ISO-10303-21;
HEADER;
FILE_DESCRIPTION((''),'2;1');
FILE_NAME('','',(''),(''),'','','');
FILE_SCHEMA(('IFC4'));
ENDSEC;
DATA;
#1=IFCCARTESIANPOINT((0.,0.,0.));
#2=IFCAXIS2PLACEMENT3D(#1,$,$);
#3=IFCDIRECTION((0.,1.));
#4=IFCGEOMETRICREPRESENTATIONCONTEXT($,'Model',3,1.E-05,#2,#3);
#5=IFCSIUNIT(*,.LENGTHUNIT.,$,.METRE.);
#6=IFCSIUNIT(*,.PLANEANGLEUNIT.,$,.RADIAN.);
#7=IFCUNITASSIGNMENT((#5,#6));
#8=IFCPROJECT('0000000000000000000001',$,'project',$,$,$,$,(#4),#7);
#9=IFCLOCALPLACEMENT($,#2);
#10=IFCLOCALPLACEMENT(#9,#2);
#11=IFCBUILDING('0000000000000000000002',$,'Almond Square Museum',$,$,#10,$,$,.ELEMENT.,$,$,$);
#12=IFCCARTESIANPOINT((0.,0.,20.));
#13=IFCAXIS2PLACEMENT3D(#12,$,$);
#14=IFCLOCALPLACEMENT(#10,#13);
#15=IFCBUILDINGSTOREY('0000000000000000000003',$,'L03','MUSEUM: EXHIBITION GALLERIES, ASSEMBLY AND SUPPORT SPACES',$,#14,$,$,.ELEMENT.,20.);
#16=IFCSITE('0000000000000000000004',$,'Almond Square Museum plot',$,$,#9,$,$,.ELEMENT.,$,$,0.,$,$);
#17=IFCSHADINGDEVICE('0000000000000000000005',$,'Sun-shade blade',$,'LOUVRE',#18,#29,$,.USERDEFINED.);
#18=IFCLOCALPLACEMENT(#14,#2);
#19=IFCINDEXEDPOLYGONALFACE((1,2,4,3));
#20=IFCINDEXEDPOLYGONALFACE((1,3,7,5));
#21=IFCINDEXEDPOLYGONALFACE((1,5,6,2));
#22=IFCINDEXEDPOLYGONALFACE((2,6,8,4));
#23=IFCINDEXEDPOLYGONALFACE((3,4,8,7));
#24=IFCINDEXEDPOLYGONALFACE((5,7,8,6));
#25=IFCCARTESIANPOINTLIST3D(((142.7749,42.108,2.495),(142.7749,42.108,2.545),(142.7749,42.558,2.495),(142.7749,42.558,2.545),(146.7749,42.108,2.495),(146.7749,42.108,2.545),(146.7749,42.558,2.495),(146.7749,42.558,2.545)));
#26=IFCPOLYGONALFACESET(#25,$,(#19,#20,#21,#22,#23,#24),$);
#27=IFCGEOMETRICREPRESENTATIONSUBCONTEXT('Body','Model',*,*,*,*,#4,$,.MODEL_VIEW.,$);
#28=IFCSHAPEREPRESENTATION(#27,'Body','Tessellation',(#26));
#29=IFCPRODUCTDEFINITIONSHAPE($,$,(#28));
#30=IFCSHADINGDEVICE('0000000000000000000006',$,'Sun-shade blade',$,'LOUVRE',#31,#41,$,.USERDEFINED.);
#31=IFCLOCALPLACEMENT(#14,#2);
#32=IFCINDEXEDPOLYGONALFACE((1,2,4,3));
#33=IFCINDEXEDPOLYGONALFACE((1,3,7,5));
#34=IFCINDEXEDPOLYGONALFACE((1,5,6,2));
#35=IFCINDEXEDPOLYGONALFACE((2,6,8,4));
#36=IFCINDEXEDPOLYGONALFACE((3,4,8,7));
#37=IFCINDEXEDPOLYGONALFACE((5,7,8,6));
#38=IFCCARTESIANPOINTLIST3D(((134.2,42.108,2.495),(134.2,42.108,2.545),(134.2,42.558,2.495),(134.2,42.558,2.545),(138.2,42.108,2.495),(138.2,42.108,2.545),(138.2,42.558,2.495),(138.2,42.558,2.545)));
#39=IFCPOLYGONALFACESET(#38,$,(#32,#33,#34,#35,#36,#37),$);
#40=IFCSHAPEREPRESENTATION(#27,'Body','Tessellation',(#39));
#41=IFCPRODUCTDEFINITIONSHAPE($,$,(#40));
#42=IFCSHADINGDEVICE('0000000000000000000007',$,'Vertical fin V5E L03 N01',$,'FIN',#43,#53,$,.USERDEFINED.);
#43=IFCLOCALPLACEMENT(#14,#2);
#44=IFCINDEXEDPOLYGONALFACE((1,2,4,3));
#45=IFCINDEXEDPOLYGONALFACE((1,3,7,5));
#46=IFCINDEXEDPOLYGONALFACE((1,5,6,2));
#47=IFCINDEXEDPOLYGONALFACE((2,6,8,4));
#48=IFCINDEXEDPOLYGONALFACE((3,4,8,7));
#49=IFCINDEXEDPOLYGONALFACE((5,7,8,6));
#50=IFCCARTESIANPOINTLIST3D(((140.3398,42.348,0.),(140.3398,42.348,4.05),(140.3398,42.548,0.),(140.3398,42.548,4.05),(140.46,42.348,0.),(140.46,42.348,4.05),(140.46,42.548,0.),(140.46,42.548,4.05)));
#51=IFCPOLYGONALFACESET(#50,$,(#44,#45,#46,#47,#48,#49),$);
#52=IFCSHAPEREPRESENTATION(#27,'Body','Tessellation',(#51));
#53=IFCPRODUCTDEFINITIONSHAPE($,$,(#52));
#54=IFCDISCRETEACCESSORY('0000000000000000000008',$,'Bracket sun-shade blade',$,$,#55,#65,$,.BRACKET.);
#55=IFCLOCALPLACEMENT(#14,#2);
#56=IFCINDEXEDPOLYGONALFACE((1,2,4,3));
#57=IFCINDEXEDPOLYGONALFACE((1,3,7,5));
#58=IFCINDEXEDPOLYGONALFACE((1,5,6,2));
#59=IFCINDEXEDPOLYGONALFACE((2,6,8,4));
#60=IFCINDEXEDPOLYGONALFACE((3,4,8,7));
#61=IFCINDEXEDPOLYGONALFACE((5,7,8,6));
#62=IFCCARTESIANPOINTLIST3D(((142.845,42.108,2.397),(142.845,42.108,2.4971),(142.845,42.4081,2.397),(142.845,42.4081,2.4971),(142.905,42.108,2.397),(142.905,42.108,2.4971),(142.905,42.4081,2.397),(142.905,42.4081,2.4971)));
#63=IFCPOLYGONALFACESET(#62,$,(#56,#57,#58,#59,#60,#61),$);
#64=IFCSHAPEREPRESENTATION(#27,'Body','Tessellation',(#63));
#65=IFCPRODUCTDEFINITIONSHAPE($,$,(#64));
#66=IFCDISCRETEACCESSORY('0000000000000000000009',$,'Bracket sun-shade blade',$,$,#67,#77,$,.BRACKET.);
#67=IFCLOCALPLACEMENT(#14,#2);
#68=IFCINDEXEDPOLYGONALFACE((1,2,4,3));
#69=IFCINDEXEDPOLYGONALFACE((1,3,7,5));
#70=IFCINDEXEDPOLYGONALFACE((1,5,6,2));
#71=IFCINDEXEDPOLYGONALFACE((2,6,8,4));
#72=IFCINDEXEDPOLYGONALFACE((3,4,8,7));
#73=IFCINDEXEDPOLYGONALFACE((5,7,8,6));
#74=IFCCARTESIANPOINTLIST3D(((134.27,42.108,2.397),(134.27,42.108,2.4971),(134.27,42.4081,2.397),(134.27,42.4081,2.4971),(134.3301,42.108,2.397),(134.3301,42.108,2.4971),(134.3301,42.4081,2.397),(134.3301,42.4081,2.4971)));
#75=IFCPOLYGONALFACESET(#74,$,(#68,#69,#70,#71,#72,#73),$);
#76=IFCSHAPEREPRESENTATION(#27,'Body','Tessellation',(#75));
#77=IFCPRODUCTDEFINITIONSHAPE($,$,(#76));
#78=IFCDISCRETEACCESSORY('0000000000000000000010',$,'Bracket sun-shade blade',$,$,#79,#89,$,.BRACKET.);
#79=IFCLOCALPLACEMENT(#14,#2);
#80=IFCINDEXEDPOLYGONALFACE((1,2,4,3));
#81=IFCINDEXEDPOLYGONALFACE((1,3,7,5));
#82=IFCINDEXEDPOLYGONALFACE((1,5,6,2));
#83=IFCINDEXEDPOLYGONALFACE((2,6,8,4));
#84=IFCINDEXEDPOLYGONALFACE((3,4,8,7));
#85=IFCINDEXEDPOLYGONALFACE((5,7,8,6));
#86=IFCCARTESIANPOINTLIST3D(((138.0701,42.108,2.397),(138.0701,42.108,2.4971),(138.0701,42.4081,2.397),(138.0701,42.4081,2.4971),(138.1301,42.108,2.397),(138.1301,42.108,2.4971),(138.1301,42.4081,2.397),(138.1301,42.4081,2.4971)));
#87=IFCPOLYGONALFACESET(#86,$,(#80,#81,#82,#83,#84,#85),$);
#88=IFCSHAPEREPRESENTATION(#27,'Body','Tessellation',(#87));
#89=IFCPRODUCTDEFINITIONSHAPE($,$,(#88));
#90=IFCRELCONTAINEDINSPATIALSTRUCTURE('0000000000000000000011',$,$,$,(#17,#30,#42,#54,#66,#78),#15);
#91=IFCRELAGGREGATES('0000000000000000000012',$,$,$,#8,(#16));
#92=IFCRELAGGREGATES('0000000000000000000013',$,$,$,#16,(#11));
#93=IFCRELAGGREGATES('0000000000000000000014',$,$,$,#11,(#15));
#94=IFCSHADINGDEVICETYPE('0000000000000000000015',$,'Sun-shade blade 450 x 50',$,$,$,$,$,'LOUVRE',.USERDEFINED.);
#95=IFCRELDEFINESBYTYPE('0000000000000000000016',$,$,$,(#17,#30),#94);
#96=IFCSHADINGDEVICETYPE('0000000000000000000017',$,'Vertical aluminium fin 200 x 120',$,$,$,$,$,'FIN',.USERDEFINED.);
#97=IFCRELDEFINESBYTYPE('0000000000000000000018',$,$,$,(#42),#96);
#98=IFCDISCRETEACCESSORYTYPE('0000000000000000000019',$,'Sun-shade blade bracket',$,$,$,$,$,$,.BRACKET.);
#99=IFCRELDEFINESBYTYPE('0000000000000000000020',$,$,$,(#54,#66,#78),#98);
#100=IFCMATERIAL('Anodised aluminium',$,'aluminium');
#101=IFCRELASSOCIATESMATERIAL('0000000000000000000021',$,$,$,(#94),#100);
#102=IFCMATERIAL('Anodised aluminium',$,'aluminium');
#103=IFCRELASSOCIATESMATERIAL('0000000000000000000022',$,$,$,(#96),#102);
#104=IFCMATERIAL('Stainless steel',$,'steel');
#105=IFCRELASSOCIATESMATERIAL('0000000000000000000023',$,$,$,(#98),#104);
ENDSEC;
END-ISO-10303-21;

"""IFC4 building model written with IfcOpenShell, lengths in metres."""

from ifc_helpers import new_model, si_unit, direction, frame, origin, origin_2d, place, context, subcontext, project, spatial, rectangle, extrude, material, material_profile, profile_set, type_object, element, save


model = new_model("IFC4")

# Units and contexts
model_context = context("Model", 3, precision=1e-05, world=origin(), true_north=direction((0.0, 1.0)))
body_context = subcontext(model_context, "Body", "Model", "MODEL_VIEW")
ifc_project = project(units=[si_unit("LENGTHUNIT", "METRE"), si_unit("PLANEANGLEUNIT", "RADIAN")], contexts=[model_context])

# Site, building, storey
site_placement = place(None, origin())
site = spatial("IfcSite", under=ifc_project, at=site_placement, Name="Almond Square Museum plot", CompositionType="ELEMENT", RefElevation=0.0)
building_placement = place(site_placement, origin())
building = spatial("IfcBuilding", under=site, at=building_placement, Name="Almond Square Museum", CompositionType="ELEMENT")
storey_placement = place(building_placement, frame((0.0, 0.0, 20.0)))
storey = spatial("IfcBuildingStorey", under=building, at=storey_placement, Name="L03", Description="MUSEUM: EXHIBITION GALLERIES, ASSEMBLY AND SUPPORT SPACES", CompositionType="ELEMENT", Elevation=20.0)

# Shading devices
ifc_material_1 = material(Name="Anodised aluminium", Category="aluminium")
ifc_material_profile_1 = material_profile(ifc_material_1, rectangle(XDim=0.45, YDim=0.05, at=origin_2d()))
ifc_profile_set_1 = profile_set([ifc_material_profile_1], Name="Anodised aluminium")
shading_device_type_1 = type_object("IfcShadingDeviceType", Name="Sun-shade blade 450 x 50", ElementType="LOUVRE", PredefinedType="USERDEFINED", material=ifc_profile_set_1)
for number, where, z_axis, x_axis, name in (
    (1, (142.7749, 42.333, 2.52), (1.0, 0.0, 0.0), (0.0, 1.0, 0.0), "Sun-shade blade"),
    (2, (134.2, 42.333, 2.52), (1.0, 0.0, 0.0), (0.0, 1.0, 0.0), "Sun-shade blade"),
):
    element("IfcShadingDevice", number, at=place(storey_placement, frame(where, z_axis=z_axis, x_axis=x_axis)), inside=storey, type_object=shading_device_type_1, Name=name, ObjectType="LOUVRE", PredefinedType="USERDEFINED", context=body_context, shape_type="SweptSolid", body=[
        extrude(rectangle(XDim=0.45, YDim=0.05, at=origin_2d()), origin(), (0.0, 0.0, 1.0), 4.0),
    ])
ifc_material_2 = material(Name="Anodised aluminium", Category="aluminium")
ifc_material_profile_2 = material_profile(ifc_material_2, rectangle(XDim=0.2, YDim=0.1201, at=origin_2d()))
ifc_profile_set_2 = profile_set([ifc_material_profile_2], Name="Anodised aluminium")
shading_device_type_2 = type_object("IfcShadingDeviceType", Name="Vertical aluminium fin 200 x 120", ElementType="FIN", PredefinedType="USERDEFINED", material=ifc_profile_set_2)
shading_device_placement = place(storey_placement, frame((140.3999, 42.448, 0.0), z_axis=(0.0, 0.0, 1.0), x_axis=(0.0, 1.0, 0.0)))
element("IfcShadingDevice", 3, at=shading_device_placement, inside=storey, type_object=shading_device_type_2, Name="Vertical fin V5E L03 N01", ObjectType="FIN", PredefinedType="USERDEFINED", context=body_context, shape_type="SweptSolid", body=[
    extrude(rectangle(XDim=0.2, YDim=0.1201, at=origin_2d()), origin(), (0.0, 0.0, 1.0), 4.05),
])

# Discrete accessories
ifc_material_3 = material(Name="Stainless steel", Category="steel")
discrete_accessory_type = type_object("IfcDiscreteAccessoryType", Name="Sun-shade blade bracket", PredefinedType="BRACKET", material=ifc_material_3)
for number, where, z_axis, x_axis, name in (
    (4, (142.875, 42.2581, 2.397), (0.0, 0.0, 1.0), (1.0, 0.0, 0.0), "Bracket sun-shade blade"),
    (5, (134.3, 42.2581, 2.397), (0.0, 0.0, 1.0), (1.0, 0.0, 0.0), "Bracket sun-shade blade"),
    (6, (138.1001, 42.2581, 2.397), (0.0, 0.0, 1.0), (1.0, 0.0, 0.0), "Bracket sun-shade blade"),
):
    element("IfcDiscreteAccessory", number, at=place(storey_placement, frame(where, z_axis=z_axis, x_axis=x_axis)), inside=storey, type_object=discrete_accessory_type, Name=name, PredefinedType="BRACKET", context=body_context, shape_type="SweptSolid", body=[
        extrude(rectangle(XDim=0.0601, YDim=0.3, at=origin_2d()), origin(), (0.0, 0.0, 1.0), 0.1001),
    ])

save(model, "model.ifc")
